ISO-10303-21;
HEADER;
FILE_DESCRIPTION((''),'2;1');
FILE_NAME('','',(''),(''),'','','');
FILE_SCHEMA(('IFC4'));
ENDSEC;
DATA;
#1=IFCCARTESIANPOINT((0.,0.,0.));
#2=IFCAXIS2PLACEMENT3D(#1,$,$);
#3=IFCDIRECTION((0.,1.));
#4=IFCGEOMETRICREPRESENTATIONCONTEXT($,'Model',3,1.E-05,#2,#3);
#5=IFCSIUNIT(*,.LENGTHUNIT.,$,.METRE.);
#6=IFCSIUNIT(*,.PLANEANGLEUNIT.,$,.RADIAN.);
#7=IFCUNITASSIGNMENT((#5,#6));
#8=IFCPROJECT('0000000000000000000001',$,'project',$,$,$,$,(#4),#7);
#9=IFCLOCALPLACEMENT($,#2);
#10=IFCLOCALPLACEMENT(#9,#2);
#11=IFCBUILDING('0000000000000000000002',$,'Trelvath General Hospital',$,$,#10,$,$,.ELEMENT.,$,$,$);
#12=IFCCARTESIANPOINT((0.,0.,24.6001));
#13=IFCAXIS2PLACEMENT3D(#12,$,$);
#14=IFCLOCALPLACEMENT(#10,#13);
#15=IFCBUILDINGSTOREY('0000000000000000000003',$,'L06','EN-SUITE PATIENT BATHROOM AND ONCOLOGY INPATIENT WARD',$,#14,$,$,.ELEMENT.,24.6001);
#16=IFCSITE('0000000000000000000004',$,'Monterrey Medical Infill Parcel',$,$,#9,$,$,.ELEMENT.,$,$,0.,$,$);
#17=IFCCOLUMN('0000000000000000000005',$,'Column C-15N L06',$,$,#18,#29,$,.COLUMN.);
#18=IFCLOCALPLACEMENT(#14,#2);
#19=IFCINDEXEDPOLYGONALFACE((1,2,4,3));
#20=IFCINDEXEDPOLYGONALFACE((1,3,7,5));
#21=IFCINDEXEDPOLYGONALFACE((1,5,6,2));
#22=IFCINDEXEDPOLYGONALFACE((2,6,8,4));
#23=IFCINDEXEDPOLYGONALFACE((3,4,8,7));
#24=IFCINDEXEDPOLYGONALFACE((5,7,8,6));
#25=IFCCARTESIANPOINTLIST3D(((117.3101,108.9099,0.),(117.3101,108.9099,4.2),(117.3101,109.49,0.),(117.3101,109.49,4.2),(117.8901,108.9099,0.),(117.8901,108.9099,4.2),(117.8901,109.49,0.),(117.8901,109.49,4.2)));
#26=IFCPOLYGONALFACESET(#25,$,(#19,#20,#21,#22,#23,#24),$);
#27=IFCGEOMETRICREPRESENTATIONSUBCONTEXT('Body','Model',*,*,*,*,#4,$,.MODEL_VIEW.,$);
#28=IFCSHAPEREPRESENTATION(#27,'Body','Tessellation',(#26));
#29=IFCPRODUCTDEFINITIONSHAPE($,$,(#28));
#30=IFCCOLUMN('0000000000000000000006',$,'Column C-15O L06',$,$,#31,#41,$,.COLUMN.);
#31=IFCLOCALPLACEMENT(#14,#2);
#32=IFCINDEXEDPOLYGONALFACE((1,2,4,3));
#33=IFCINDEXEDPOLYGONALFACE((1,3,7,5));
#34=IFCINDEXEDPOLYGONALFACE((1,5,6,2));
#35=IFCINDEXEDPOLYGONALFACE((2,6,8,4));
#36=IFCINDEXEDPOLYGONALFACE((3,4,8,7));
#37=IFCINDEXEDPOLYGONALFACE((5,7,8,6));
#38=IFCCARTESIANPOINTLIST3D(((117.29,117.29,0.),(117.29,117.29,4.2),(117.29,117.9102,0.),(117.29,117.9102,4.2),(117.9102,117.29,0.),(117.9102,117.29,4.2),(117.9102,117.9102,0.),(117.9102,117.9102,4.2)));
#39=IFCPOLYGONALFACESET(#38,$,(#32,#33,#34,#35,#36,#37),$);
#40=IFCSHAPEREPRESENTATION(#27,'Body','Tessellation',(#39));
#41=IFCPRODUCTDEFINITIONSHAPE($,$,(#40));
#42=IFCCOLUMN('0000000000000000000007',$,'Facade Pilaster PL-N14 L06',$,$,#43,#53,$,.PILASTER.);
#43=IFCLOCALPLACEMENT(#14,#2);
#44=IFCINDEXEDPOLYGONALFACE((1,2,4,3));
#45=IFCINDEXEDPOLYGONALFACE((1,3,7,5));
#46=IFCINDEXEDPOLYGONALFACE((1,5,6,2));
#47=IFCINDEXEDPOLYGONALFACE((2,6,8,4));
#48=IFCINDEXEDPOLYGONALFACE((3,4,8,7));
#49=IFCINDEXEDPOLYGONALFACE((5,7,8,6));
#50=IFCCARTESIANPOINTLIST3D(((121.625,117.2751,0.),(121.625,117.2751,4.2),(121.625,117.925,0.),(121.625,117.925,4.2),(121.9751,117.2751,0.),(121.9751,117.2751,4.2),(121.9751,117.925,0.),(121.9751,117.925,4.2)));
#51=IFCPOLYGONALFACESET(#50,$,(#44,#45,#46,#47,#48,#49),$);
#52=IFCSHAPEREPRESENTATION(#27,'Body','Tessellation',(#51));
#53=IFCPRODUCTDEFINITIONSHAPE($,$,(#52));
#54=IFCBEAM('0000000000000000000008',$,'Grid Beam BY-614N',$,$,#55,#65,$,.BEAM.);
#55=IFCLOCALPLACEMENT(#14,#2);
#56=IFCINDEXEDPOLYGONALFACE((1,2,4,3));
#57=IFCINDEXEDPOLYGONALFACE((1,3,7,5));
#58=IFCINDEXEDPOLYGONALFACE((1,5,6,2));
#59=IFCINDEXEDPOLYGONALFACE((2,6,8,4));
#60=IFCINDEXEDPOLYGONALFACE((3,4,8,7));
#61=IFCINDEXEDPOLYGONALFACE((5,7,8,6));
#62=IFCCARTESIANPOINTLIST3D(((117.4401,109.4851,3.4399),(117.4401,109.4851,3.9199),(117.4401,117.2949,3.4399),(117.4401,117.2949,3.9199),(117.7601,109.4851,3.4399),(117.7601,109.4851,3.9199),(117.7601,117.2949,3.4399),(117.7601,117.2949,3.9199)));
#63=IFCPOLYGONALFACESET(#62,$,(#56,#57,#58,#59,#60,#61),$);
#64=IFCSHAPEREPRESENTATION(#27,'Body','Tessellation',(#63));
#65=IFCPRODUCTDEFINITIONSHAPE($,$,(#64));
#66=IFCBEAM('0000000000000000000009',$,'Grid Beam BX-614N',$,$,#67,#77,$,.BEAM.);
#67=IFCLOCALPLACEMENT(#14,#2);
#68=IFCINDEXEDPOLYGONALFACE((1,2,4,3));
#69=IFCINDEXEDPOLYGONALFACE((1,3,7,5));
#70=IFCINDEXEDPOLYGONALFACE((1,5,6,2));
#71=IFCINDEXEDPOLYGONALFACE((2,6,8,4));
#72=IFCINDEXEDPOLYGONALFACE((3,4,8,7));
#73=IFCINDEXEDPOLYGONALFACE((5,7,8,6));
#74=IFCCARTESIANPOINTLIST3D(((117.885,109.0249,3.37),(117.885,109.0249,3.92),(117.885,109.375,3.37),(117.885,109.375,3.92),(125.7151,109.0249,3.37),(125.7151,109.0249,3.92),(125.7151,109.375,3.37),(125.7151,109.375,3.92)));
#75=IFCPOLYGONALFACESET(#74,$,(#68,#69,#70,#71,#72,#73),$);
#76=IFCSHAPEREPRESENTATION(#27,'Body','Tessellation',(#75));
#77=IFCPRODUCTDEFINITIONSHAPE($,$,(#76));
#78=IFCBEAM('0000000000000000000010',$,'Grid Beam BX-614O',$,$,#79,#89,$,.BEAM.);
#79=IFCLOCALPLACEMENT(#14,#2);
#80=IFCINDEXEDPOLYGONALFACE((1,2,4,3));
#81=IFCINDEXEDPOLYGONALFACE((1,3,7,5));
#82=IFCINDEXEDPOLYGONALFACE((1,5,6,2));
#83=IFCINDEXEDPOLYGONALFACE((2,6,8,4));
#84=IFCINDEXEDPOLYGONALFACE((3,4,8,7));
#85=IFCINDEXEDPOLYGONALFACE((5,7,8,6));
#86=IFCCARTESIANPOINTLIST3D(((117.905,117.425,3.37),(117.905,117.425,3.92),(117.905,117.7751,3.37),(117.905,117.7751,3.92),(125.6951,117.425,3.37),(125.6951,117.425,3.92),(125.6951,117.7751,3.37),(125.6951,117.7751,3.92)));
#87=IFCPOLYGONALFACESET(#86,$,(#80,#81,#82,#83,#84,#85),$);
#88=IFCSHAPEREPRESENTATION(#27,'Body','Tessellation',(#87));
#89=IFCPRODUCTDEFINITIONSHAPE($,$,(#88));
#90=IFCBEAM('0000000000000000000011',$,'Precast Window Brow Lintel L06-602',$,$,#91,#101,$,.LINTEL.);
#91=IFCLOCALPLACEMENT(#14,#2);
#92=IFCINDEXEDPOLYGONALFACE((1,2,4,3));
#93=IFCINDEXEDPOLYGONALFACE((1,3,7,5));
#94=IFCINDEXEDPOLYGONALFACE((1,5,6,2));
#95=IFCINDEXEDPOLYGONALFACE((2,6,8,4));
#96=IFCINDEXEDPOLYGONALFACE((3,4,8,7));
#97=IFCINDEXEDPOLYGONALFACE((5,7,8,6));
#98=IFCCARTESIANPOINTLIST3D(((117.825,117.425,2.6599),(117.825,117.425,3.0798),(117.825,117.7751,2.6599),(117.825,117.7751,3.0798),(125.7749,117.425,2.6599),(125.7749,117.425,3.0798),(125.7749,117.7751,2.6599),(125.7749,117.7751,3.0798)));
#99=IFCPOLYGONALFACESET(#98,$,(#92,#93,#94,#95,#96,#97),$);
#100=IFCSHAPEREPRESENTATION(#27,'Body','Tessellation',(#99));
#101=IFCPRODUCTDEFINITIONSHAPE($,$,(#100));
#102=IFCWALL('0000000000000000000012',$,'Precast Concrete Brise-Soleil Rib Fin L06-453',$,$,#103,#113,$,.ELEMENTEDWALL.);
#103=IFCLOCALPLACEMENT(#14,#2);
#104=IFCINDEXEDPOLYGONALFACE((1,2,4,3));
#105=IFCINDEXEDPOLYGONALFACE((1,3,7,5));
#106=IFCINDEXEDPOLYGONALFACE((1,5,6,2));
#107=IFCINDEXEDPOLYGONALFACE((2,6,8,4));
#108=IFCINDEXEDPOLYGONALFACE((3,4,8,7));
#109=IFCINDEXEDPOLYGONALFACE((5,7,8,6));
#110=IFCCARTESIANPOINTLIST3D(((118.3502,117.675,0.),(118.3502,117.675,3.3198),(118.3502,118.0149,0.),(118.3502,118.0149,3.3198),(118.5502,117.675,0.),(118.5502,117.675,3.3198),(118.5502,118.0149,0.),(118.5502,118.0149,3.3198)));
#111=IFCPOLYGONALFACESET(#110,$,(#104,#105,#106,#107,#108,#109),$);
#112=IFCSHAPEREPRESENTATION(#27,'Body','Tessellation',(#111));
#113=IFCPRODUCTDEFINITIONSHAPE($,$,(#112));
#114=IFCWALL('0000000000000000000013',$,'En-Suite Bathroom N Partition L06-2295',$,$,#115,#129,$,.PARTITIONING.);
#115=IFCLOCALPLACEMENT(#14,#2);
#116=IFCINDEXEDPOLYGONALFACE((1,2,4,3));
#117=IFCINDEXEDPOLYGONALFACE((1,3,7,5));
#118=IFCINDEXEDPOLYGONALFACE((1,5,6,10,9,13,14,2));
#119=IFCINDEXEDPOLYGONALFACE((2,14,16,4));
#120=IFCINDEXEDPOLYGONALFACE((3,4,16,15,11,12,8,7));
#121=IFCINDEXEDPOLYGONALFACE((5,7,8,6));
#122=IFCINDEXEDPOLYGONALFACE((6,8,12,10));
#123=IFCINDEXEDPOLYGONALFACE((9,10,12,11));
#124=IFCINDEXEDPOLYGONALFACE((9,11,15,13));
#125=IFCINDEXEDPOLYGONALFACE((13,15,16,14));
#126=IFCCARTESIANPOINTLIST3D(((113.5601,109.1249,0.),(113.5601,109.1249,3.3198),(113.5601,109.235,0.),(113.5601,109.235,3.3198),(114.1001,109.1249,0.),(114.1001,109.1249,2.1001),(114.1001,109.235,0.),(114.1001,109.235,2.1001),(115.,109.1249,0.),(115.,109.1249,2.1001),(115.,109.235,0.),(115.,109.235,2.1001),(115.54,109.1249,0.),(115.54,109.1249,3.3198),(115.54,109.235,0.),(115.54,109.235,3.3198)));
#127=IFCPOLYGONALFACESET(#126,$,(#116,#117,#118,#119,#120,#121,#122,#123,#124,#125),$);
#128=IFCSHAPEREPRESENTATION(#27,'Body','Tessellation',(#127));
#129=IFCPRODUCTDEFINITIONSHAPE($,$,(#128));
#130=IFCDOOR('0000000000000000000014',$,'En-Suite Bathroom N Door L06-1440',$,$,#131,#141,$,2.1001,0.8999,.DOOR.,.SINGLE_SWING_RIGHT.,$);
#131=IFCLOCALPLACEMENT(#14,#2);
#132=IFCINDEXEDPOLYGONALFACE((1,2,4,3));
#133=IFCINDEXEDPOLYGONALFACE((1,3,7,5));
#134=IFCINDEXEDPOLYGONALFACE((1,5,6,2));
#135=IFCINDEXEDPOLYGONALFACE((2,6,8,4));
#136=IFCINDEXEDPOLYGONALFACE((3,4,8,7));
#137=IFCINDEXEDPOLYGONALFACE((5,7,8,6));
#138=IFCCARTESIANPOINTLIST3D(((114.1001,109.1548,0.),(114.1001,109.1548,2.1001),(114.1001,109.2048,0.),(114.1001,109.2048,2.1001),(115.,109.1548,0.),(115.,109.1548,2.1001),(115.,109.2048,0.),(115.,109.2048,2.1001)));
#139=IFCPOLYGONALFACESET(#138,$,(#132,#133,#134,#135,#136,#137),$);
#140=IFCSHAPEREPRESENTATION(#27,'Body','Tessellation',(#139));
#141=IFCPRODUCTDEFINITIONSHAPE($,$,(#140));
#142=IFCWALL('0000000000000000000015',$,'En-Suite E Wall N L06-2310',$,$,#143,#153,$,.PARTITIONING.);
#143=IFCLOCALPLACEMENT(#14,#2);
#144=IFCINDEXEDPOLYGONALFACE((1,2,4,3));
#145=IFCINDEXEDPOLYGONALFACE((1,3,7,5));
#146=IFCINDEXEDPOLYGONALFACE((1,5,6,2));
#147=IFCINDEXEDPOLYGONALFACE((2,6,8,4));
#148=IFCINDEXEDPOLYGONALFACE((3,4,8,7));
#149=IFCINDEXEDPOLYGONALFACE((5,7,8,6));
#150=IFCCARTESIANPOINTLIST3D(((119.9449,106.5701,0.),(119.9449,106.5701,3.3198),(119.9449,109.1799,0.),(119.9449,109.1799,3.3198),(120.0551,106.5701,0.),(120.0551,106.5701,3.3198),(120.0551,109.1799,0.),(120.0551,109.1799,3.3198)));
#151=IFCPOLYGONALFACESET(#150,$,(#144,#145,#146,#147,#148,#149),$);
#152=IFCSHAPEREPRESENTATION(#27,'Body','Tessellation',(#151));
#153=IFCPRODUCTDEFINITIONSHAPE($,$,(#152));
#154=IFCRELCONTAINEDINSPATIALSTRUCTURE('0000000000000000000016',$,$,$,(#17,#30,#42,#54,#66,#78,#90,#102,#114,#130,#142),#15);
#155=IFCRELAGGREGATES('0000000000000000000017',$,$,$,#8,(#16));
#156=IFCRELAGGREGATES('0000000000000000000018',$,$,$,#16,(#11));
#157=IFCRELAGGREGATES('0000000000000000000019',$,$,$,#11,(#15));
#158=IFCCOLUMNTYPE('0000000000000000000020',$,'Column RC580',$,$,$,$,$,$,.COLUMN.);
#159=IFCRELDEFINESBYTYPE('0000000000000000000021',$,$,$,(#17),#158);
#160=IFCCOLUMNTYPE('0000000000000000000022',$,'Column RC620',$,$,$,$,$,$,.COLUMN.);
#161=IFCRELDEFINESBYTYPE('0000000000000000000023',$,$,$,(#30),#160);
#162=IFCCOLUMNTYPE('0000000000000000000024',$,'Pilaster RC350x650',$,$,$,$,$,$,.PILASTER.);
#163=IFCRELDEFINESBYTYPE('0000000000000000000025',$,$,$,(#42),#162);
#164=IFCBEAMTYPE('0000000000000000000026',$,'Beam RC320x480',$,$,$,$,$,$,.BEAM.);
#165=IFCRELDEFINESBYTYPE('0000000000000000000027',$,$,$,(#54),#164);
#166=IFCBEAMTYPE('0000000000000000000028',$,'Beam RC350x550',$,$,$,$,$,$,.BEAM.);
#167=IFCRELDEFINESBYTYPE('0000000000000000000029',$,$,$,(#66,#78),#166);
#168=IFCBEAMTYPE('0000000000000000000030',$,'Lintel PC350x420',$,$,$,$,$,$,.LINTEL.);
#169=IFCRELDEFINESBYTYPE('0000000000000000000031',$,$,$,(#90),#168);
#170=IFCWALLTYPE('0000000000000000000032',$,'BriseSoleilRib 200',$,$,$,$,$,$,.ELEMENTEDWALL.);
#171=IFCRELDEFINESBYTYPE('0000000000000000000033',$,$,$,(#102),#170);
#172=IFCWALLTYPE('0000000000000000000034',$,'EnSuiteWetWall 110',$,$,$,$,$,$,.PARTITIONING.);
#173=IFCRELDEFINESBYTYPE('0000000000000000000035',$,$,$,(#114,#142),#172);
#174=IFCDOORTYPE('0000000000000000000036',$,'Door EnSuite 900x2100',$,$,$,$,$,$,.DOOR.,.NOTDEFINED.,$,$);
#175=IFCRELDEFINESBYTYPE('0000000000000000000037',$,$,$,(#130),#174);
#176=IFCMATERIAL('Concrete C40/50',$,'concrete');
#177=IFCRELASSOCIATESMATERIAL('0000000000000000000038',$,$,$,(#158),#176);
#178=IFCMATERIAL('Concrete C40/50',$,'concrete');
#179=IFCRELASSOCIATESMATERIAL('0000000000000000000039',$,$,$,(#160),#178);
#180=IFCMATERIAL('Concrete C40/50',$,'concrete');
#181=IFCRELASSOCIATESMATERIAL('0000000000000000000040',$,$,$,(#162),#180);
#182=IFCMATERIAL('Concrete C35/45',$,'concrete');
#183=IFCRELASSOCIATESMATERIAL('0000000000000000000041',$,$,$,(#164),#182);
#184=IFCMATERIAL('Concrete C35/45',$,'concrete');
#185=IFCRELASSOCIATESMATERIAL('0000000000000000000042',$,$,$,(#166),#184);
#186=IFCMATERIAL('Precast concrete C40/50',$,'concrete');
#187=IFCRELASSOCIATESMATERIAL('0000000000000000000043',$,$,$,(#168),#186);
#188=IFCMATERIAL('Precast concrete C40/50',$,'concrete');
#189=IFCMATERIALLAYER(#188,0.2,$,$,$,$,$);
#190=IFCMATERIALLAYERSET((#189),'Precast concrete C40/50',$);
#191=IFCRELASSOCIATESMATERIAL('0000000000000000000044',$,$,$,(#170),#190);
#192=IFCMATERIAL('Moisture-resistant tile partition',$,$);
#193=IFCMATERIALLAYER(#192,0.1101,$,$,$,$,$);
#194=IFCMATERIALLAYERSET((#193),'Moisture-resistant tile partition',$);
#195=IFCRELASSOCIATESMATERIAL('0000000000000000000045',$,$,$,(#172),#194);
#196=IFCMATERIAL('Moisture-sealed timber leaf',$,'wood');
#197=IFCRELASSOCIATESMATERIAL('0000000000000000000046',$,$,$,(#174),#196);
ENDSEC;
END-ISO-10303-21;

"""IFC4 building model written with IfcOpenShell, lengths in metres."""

from ifc_helpers import new_model, si_unit, direction, frame, frame_2d, origin, origin_2d, place, context, subcontext, project, spatial, rectangle, extrude, material, layer, layer_set, material_profile, profile_set, type_object, element, fill, save


model = new_model("IFC4")

# Units and contexts
model_context = context("Model", 3, precision=1e-05, world=origin(), true_north=direction((0.0, 1.0)))
body_context = subcontext(model_context, "Body", "Model", "MODEL_VIEW")
ifc_project = project(units=[si_unit("LENGTHUNIT", "METRE"), si_unit("PLANEANGLEUNIT", "RADIAN")], contexts=[model_context])

# Site, building, storey
site_placement = place(None, origin())
site = spatial("IfcSite", under=ifc_project, at=site_placement, Name="Monterrey Medical Infill Parcel", CompositionType="ELEMENT", RefElevation=0.0)
building_placement = place(site_placement, origin())
building = spatial("IfcBuilding", under=site, at=building_placement, Name="Trelvath General Hospital", CompositionType="ELEMENT")
storey_placement = place(building_placement, frame((0.0, 0.0, 24.6001)))
storey = spatial("IfcBuildingStorey", under=building, at=storey_placement, Name="L06", Description="EN-SUITE PATIENT BATHROOM AND ONCOLOGY INPATIENT WARD", CompositionType="ELEMENT", Elevation=24.6001)

# Columns
ifc_material_1 = material(Name="Concrete C40/50", Category="concrete")
ifc_material_profile_1 = material_profile(ifc_material_1, rectangle(XDim=0.5801, YDim=0.5801, at=origin_2d()), Name="RC580x580")
ifc_profile_set_1 = profile_set([ifc_material_profile_1], Name="Concrete C40/50")
column_type_1 = type_object("IfcColumnType", Name="Column RC580", PredefinedType="COLUMN", material=ifc_profile_set_1)
column_1_placement = place(storey_placement, frame((117.6001, 109.2, 0.0), z_axis=(0.0, 0.0, 1.0), x_axis=(1.0, 0.0, 0.0)))
element("IfcColumn", 1, at=column_1_placement, inside=storey, type_object=column_type_1, Name="Column C-15N L06", PredefinedType="COLUMN", context=body_context, shape_type="SweptSolid", body=[
    extrude(rectangle(XDim=0.5801, YDim=0.5801, at=origin_2d()), origin(), (0.0, 0.0, 1.0), 4.2),
])
ifc_material_2 = material(Name="Concrete C40/50", Category="concrete")
ifc_material_profile_2 = material_profile(ifc_material_2, rectangle(XDim=0.6201, YDim=0.6201, at=origin_2d()), Name="RC620x620")
ifc_profile_set_2 = profile_set([ifc_material_profile_2], Name="Concrete C40/50")
column_type_2 = type_object("IfcColumnType", Name="Column RC620", PredefinedType="COLUMN", material=ifc_profile_set_2)
column_2_placement = place(storey_placement, frame((117.6001, 117.6001, 0.0), z_axis=(0.0, 0.0, 1.0), x_axis=(1.0, 0.0, 0.0)))
element("IfcColumn", 2, at=column_2_placement, inside=storey, type_object=column_type_2, Name="Column C-15O L06", PredefinedType="COLUMN", context=body_context, shape_type="SweptSolid", body=[
    extrude(rectangle(XDim=0.6201, YDim=0.6201, at=origin_2d()), origin(), (0.0, 0.0, 1.0), 4.2),
])
ifc_material_3 = material(Name="Concrete C40/50", Category="concrete")
ifc_material_profile_3 = material_profile(ifc_material_3, rectangle(XDim=0.3501, YDim=0.6499, at=origin_2d()), Name="RC350x650")
ifc_profile_set_3 = profile_set([ifc_material_profile_3], Name="Concrete C40/50")
column_type_3 = type_object("IfcColumnType", Name="Pilaster RC350x650", PredefinedType="PILASTER", material=ifc_profile_set_3)
column_3_placement = place(storey_placement, frame((121.8, 117.6001, 0.0), z_axis=(0.0, 0.0, 1.0), x_axis=(1.0, 0.0, 0.0)))
element("IfcColumn", 3, at=column_3_placement, inside=storey, type_object=column_type_3, Name="Facade Pilaster PL-N14 L06", PredefinedType="PILASTER", context=body_context, shape_type="SweptSolid", body=[
    extrude(rectangle(XDim=0.3501, YDim=0.6499, at=origin_2d()), origin(), (0.0, 0.0, 1.0), 4.2),
])

# Beams
ifc_material_4 = material(Name="Concrete C35/45", Category="concrete")
ifc_material_profile_4 = material_profile(ifc_material_4, rectangle(XDim=0.3201, YDim=0.48, at=origin_2d()), Name="RCB320x480")
ifc_profile_set_4 = profile_set([ifc_material_profile_4], Name="Concrete C35/45")
beam_type_1 = type_object("IfcBeamType", Name="Beam RC320x480", PredefinedType="BEAM", material=ifc_profile_set_4)
beam_1_placement = place(storey_placement, frame((117.6001, 109.4851, 3.6799), z_axis=(0.0, 1.0, 0.0), x_axis=(-1.0, 0.0, 0.0)))
element("IfcBeam", 4, at=beam_1_placement, inside=storey, type_object=beam_type_1, Name="Grid Beam BY-614N", PredefinedType="BEAM", context=body_context, shape_type="SweptSolid", body=[
    extrude(rectangle(XDim=0.3201, YDim=0.48, at=origin_2d()), origin(), (0.0, 0.0, 1.0), 7.8098),
])
ifc_material_5 = material(Name="Concrete C35/45", Category="concrete")
ifc_material_profile_5 = material_profile(ifc_material_5, rectangle(XDim=0.3501, YDim=0.55, at=origin_2d()), Name="RCB350x550")
ifc_profile_set_5 = profile_set([ifc_material_profile_5], Name="Concrete C35/45")
beam_type_2 = type_object("IfcBeamType", Name="Beam RC350x550", PredefinedType="BEAM", material=ifc_profile_set_5)
beam_2_placement = place(storey_placement, frame((117.885, 109.2, 3.645), z_axis=(1.0, 0.0, 0.0), x_axis=(0.0, 1.0, 0.0)))
element("IfcBeam", 5, at=beam_2_placement, inside=storey, type_object=beam_type_2, Name="Grid Beam BX-614N", PredefinedType="BEAM", context=body_context, shape_type="SweptSolid", body=[
    extrude(rectangle(XDim=0.3501, YDim=0.55, at=origin_2d()), origin(), (0.0, 0.0, 1.0), 7.8301),
])
beam_3_placement = place(storey_placement, frame((117.905, 117.6001, 3.645), z_axis=(1.0, 0.0, 0.0), x_axis=(0.0, 1.0, 0.0)))
element("IfcBeam", 6, at=beam_3_placement, inside=storey, type_object=beam_type_2, Name="Grid Beam BX-614O", PredefinedType="BEAM", context=body_context, shape_type="SweptSolid", body=[
    extrude(rectangle(XDim=0.3501, YDim=0.55, at=origin_2d()), origin(), (0.0, 0.0, 1.0), 7.79),
])
ifc_material_6 = material(Name="Precast concrete C40/50", Category="concrete")
ifc_material_profile_6 = material_profile(ifc_material_6, rectangle(XDim=0.3501, YDim=0.4199, at=origin_2d()), Name="PCL350x420")
ifc_profile_set_6 = profile_set([ifc_material_profile_6], Name="Precast concrete C40/50")
beam_type_3 = type_object("IfcBeamType", Name="Lintel PC350x420", PredefinedType="LINTEL", material=ifc_profile_set_6)
beam_4_placement = place(storey_placement, frame((117.825, 117.6001, 2.8699), z_axis=(1.0, 0.0, 0.0), x_axis=(0.0, 1.0, 0.0)))
element("IfcBeam", 7, at=beam_4_placement, inside=storey, type_object=beam_type_3, Name="Precast Window Brow Lintel L06-602", PredefinedType="LINTEL", context=body_context, shape_type="SweptSolid", body=[
    extrude(rectangle(XDim=0.3501, YDim=0.4199, at=origin_2d()), origin(), (0.0, 0.0, 1.0), 7.95),
])

# Wall
ifc_material_7 = material(Name="Precast concrete C40/50", Category="concrete")
ifc_layer_1 = layer(ifc_material_7, 0.2)
ifc_layer_set_1 = layer_set([ifc_layer_1], Name="Precast concrete C40/50")
wall_type_1 = type_object("IfcWallType", Name="BriseSoleilRib 200", PredefinedType="ELEMENTEDWALL", material=ifc_layer_set_1)
wall_1_placement = place(storey_placement, frame((118.4502, 117.675, 0.0), z_axis=(0.0, 0.0, 1.0), x_axis=(0.0, 1.0, 0.0)))
element("IfcWall", 8, at=wall_1_placement, inside=storey, type_object=wall_type_1, Name="Precast Concrete Brise-Soleil Rib Fin L06-453", PredefinedType="ELEMENTEDWALL", context=body_context, shape_type="SweptSolid", body=[
    extrude(rectangle(XDim=0.3398, YDim=0.2, at=frame_2d((0.1699, 0.0))), origin(), (0.0, 0.0, 1.0), 3.3198),
])

# Wall, opening, door
ifc_material_8 = material(Name="Moisture-resistant tile partition")
ifc_layer_2 = layer(ifc_material_8, 0.1101)
ifc_layer_set_2 = layer_set([ifc_layer_2], Name="Moisture-resistant tile partition")
wall_type_2 = type_object("IfcWallType", Name="EnSuiteWetWall 110", PredefinedType="PARTITIONING", material=ifc_layer_set_2)
wall_2_placement = place(storey_placement, frame((113.5601, 109.1799, 0.0), z_axis=(0.0, 0.0, 1.0), x_axis=(1.0, 0.0, 0.0)))
wall_2 = element("IfcWall", 9, at=wall_2_placement, inside=storey, type_object=wall_type_2, Name="En-Suite Bathroom N Partition L06-2295", PredefinedType="PARTITIONING", context=body_context, shape_type="SweptSolid", body=[
    extrude(rectangle(XDim=1.98, YDim=0.1101, at=frame_2d((0.99, 0.0))), origin(), (0.0, 0.0, 1.0), 3.3198),
])
opening_1_placement = place(wall_2_placement, frame((0.54, 0.0, 0.0)))
opening_1 = element("IfcOpeningElement", 10, at=opening_1_placement, cuts=wall_2, PredefinedType="OPENING", context=body_context, shape_type="SweptSolid", body=[
    extrude(rectangle(XDim=0.8999, YDim=2.1001, at=frame_2d((0.45, 1.05))), frame((0.0, 0.0649, 0.0), z_axis=(0.0, -1.0, 0.0), x_axis=(1.0, 0.0, 0.0)), (0.0, 0.0, 1.0), 0.1301),
])
ifc_material_9 = material(Name="Moisture-sealed timber leaf", Category="wood")
door_type = type_object("IfcDoorType", Name="Door EnSuite 900x2100", OperationType="NOTDEFINED", PredefinedType="DOOR", material=ifc_material_9)
door_1_placement = place(opening_1_placement, origin())
door_1 = element("IfcDoor", 11, at=door_1_placement, inside=storey, type_object=door_type, Name="En-Suite Bathroom N Door L06-1440", OperationType="SINGLE_SWING_RIGHT", OverallHeight=2.1001, OverallWidth=0.8999, PredefinedType="DOOR", context=body_context, shape_type="SweptSolid", body=[
    extrude(rectangle(XDim=0.8999, YDim=2.1001, at=frame_2d((0.45, 1.05))), frame((0.0, 0.0249, 0.0), z_axis=(0.0, -1.0, 0.0), x_axis=(1.0, 0.0, 0.0)), (0.0, 0.0, 1.0), 0.05),
])
fill(opening_1, door_1)

# Wall
wall_3_placement = place(storey_placement, frame((120.0, 106.5701, 0.0), z_axis=(0.0, 0.0, 1.0), x_axis=(0.0, 1.0, 0.0)))
element("IfcWall", 12, at=wall_3_placement, inside=storey, type_object=wall_type_2, Name="En-Suite E Wall N L06-2310", PredefinedType="PARTITIONING", context=body_context, shape_type="SweptSolid", body=[
    extrude(rectangle(XDim=2.6099, YDim=0.1101, at=frame_2d((1.3049, 0.0))), origin(), (0.0, 0.0, 1.0), 3.3198),
])

save(model, "model.ifc")
